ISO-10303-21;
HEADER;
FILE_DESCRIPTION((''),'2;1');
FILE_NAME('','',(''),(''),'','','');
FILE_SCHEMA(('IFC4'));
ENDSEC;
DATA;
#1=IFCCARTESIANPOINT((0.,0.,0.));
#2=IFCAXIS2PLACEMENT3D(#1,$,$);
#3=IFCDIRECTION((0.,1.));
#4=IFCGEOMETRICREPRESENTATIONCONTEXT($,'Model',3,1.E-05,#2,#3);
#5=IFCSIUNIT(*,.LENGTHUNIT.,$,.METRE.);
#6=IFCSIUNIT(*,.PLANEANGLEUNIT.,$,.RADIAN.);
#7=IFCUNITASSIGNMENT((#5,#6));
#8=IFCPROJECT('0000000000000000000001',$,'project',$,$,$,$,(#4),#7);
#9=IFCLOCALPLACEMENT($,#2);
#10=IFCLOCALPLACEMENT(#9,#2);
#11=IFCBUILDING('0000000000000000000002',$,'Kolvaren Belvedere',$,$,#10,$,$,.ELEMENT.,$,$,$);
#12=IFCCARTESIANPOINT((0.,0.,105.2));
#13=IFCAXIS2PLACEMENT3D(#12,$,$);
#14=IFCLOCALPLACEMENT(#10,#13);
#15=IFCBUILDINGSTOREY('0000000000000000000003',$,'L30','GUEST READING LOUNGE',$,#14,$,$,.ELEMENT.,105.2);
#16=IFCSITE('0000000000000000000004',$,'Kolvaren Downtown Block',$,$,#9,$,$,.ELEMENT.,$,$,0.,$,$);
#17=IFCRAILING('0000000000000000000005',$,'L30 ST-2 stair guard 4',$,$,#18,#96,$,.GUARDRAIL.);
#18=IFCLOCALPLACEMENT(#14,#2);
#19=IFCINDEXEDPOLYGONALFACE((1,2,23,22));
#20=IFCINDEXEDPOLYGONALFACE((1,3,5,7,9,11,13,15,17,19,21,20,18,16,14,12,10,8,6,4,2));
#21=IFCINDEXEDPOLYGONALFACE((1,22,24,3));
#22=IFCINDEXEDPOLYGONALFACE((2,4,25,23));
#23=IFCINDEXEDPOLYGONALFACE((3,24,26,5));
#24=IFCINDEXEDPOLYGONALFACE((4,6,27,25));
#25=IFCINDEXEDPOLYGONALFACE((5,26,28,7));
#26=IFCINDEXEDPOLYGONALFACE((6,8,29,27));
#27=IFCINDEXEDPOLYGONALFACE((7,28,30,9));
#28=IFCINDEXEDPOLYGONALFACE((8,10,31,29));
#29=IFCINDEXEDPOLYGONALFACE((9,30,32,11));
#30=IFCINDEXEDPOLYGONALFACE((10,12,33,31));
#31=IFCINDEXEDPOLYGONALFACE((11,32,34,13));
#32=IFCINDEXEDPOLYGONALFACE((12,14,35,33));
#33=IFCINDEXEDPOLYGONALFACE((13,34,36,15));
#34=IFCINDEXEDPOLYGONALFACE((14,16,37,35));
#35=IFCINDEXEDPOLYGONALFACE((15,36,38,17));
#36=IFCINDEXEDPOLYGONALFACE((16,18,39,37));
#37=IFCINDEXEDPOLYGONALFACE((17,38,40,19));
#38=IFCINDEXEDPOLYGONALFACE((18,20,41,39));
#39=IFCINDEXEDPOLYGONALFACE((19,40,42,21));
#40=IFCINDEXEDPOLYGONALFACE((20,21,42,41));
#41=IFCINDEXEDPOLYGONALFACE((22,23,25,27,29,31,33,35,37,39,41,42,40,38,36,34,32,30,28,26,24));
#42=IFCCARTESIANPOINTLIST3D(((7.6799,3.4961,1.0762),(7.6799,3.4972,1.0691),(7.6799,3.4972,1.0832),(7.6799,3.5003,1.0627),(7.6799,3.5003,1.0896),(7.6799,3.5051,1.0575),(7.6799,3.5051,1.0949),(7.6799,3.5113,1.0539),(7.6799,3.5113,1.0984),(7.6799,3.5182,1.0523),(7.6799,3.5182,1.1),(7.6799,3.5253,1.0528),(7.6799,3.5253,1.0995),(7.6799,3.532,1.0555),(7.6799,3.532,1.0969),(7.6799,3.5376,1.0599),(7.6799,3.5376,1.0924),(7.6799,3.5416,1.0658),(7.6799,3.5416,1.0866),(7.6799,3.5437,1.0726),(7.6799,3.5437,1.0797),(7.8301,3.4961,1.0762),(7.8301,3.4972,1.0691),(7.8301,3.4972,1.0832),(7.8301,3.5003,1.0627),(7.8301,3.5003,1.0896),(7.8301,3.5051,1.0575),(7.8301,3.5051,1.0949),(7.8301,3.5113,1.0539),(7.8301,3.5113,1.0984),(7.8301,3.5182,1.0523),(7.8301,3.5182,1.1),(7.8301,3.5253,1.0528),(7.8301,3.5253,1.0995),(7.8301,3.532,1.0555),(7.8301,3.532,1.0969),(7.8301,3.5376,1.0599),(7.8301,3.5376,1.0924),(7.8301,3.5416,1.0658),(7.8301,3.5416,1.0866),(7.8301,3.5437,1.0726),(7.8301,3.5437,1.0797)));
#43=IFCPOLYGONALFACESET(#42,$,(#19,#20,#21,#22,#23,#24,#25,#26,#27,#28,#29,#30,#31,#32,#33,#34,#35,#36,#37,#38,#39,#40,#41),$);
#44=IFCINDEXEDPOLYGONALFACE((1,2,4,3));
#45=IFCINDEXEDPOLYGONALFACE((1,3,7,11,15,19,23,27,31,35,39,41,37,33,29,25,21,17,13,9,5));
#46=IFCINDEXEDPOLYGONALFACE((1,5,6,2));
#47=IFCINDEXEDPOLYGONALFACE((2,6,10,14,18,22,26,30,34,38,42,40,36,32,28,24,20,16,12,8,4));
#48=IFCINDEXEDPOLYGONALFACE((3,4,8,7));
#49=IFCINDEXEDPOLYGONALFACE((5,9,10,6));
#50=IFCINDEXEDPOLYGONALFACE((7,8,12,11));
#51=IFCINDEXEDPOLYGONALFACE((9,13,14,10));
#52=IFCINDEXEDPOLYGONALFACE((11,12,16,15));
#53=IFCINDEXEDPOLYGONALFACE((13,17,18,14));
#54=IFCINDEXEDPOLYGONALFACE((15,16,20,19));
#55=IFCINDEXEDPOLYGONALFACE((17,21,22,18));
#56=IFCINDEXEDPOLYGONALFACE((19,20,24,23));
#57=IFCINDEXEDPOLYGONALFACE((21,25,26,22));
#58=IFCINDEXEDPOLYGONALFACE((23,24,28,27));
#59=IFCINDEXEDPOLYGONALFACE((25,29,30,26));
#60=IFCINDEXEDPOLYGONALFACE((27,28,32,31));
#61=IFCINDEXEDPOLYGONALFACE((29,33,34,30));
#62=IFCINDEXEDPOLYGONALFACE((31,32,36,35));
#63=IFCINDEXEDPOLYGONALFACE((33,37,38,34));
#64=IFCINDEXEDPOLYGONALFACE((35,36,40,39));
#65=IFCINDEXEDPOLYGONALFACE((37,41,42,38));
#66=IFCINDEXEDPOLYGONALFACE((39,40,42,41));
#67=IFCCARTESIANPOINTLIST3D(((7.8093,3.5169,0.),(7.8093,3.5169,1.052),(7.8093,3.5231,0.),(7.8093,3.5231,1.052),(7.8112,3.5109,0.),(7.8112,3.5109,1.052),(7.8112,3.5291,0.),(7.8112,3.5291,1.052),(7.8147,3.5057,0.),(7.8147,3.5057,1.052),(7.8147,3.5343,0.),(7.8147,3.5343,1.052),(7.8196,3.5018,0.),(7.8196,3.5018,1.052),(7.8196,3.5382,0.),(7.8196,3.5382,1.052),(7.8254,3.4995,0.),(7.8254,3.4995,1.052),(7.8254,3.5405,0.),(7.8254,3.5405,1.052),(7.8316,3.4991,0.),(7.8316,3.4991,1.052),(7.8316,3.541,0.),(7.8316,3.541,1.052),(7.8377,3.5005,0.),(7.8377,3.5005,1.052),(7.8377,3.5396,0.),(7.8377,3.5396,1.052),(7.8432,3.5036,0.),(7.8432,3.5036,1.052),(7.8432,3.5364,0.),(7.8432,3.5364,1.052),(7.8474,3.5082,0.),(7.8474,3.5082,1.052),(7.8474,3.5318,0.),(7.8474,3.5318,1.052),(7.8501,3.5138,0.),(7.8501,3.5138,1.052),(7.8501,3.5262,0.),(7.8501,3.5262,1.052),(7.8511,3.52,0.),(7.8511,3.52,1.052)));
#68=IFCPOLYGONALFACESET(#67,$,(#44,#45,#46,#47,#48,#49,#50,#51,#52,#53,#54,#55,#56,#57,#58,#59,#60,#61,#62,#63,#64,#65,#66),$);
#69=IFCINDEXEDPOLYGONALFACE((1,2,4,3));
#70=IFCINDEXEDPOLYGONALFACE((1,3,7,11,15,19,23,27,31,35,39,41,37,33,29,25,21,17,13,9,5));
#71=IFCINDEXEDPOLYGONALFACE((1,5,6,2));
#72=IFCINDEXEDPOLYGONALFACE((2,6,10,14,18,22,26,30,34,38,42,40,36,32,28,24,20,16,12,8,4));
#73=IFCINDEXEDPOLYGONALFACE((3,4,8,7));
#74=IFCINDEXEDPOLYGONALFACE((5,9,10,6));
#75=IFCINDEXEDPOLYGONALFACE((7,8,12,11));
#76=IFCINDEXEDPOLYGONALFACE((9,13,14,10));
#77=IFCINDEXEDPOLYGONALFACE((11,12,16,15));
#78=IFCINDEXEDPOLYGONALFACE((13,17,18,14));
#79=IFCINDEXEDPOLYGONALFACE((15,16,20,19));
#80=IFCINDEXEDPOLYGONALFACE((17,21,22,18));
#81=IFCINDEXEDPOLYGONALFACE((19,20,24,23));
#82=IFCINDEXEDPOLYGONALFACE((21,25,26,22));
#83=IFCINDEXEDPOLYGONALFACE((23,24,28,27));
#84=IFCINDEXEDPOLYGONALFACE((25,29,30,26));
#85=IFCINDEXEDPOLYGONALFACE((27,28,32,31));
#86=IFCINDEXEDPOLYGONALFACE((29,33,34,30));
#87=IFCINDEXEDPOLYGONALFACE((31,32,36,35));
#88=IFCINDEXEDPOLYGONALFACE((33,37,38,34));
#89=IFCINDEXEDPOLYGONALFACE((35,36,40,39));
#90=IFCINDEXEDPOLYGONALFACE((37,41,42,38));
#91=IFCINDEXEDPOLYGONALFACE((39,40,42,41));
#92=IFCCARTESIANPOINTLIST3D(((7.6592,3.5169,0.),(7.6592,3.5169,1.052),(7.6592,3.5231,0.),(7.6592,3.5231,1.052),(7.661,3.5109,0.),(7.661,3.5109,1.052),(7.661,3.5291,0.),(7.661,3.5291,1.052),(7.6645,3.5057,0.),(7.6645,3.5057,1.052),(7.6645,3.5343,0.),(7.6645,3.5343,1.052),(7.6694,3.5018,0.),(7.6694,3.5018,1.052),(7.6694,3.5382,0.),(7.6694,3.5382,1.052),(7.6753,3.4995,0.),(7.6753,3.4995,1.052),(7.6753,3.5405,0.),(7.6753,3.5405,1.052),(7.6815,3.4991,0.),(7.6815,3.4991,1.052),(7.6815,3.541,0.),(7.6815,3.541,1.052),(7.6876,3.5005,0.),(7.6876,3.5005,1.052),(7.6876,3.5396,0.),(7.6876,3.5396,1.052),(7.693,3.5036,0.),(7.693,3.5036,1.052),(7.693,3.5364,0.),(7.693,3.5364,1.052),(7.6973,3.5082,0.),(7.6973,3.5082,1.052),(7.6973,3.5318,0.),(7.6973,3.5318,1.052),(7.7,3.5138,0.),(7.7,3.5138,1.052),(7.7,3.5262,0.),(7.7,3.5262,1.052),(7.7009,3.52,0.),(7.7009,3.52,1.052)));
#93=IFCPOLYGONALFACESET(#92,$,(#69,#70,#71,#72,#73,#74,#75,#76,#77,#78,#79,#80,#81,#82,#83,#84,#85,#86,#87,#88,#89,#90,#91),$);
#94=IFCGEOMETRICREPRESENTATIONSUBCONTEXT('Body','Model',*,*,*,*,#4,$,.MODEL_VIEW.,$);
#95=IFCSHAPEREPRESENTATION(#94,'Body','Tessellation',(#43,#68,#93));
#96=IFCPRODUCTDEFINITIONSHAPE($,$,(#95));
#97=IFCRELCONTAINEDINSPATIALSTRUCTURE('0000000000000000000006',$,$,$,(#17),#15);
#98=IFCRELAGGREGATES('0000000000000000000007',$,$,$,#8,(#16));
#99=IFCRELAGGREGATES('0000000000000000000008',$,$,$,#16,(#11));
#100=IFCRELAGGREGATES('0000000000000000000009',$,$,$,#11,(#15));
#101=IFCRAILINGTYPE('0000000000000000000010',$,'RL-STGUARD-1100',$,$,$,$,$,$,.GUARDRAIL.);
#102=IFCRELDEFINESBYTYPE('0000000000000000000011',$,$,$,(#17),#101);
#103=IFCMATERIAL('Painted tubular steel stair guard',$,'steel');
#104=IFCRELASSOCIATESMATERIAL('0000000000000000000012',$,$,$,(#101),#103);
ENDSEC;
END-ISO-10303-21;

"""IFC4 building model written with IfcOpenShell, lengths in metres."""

from ifc_helpers import new_model, si_unit, direction, frame, origin, origin_2d, place, context, subcontext, project, spatial, circle, extrude, material, type_object, element, save


model = new_model("IFC4")

# Units and contexts
model_context = context("Model", 3, precision=1e-05, world=origin(), true_north=direction((0.0, 1.0)))
body_context = subcontext(model_context, "Body", "Model", "MODEL_VIEW")
ifc_project = project(units=[si_unit("LENGTHUNIT", "METRE"), si_unit("PLANEANGLEUNIT", "RADIAN")], contexts=[model_context])

# Site, building, storey
site_placement = place(None, origin())
site = spatial("IfcSite", under=ifc_project, at=site_placement, Name="Kolvaren Downtown Block", CompositionType="ELEMENT", RefElevation=0.0)
building_placement = place(site_placement, origin())
building = spatial("IfcBuilding", under=site, at=building_placement, Name="Kolvaren Belvedere", CompositionType="ELEMENT")
storey_placement = place(building_placement, frame((0.0, 0.0, 105.2)))
storey = spatial("IfcBuildingStorey", under=building, at=storey_placement, Name="L30", Description="GUEST READING LOUNGE", CompositionType="ELEMENT", Elevation=105.2)

# Railing
ifc_material_1 = material(Name="Painted tubular steel stair guard", Category="steel")
railing_type_1 = type_object("IfcRailingType", Name="RL-STGUARD-1100", PredefinedType="GUARDRAIL", material=ifc_material_1)
railing_1_placement = place(storey_placement, frame((7.8301, 3.52, 0.0)))
element("IfcRailing", 1, at=railing_1_placement, inside=storey, type_object=railing_type_1, Name="L30 ST-2 stair guard 4", PredefinedType="GUARDRAIL", context=body_context, shape_type="SweptSolid", body=[
    extrude(circle(Radius=0.0239, at=origin_2d()), frame((0.0, 0.0, 1.0762), z_axis=(-1.0, 0.0, 0.0), x_axis=(0.0, -1.0, 0.0)), (0.0, 0.0, 1.0), 0.1501),
    extrude(circle(Radius=0.021, at=origin_2d()), origin(), (0.0, 0.0, 1.0), 1.052),
    extrude(circle(Radius=0.021, at=origin_2d()), frame((-0.1501, 0.0, 0.0)), (0.0, 0.0, 1.0), 1.052),
])

save(model, "model.ifc")
